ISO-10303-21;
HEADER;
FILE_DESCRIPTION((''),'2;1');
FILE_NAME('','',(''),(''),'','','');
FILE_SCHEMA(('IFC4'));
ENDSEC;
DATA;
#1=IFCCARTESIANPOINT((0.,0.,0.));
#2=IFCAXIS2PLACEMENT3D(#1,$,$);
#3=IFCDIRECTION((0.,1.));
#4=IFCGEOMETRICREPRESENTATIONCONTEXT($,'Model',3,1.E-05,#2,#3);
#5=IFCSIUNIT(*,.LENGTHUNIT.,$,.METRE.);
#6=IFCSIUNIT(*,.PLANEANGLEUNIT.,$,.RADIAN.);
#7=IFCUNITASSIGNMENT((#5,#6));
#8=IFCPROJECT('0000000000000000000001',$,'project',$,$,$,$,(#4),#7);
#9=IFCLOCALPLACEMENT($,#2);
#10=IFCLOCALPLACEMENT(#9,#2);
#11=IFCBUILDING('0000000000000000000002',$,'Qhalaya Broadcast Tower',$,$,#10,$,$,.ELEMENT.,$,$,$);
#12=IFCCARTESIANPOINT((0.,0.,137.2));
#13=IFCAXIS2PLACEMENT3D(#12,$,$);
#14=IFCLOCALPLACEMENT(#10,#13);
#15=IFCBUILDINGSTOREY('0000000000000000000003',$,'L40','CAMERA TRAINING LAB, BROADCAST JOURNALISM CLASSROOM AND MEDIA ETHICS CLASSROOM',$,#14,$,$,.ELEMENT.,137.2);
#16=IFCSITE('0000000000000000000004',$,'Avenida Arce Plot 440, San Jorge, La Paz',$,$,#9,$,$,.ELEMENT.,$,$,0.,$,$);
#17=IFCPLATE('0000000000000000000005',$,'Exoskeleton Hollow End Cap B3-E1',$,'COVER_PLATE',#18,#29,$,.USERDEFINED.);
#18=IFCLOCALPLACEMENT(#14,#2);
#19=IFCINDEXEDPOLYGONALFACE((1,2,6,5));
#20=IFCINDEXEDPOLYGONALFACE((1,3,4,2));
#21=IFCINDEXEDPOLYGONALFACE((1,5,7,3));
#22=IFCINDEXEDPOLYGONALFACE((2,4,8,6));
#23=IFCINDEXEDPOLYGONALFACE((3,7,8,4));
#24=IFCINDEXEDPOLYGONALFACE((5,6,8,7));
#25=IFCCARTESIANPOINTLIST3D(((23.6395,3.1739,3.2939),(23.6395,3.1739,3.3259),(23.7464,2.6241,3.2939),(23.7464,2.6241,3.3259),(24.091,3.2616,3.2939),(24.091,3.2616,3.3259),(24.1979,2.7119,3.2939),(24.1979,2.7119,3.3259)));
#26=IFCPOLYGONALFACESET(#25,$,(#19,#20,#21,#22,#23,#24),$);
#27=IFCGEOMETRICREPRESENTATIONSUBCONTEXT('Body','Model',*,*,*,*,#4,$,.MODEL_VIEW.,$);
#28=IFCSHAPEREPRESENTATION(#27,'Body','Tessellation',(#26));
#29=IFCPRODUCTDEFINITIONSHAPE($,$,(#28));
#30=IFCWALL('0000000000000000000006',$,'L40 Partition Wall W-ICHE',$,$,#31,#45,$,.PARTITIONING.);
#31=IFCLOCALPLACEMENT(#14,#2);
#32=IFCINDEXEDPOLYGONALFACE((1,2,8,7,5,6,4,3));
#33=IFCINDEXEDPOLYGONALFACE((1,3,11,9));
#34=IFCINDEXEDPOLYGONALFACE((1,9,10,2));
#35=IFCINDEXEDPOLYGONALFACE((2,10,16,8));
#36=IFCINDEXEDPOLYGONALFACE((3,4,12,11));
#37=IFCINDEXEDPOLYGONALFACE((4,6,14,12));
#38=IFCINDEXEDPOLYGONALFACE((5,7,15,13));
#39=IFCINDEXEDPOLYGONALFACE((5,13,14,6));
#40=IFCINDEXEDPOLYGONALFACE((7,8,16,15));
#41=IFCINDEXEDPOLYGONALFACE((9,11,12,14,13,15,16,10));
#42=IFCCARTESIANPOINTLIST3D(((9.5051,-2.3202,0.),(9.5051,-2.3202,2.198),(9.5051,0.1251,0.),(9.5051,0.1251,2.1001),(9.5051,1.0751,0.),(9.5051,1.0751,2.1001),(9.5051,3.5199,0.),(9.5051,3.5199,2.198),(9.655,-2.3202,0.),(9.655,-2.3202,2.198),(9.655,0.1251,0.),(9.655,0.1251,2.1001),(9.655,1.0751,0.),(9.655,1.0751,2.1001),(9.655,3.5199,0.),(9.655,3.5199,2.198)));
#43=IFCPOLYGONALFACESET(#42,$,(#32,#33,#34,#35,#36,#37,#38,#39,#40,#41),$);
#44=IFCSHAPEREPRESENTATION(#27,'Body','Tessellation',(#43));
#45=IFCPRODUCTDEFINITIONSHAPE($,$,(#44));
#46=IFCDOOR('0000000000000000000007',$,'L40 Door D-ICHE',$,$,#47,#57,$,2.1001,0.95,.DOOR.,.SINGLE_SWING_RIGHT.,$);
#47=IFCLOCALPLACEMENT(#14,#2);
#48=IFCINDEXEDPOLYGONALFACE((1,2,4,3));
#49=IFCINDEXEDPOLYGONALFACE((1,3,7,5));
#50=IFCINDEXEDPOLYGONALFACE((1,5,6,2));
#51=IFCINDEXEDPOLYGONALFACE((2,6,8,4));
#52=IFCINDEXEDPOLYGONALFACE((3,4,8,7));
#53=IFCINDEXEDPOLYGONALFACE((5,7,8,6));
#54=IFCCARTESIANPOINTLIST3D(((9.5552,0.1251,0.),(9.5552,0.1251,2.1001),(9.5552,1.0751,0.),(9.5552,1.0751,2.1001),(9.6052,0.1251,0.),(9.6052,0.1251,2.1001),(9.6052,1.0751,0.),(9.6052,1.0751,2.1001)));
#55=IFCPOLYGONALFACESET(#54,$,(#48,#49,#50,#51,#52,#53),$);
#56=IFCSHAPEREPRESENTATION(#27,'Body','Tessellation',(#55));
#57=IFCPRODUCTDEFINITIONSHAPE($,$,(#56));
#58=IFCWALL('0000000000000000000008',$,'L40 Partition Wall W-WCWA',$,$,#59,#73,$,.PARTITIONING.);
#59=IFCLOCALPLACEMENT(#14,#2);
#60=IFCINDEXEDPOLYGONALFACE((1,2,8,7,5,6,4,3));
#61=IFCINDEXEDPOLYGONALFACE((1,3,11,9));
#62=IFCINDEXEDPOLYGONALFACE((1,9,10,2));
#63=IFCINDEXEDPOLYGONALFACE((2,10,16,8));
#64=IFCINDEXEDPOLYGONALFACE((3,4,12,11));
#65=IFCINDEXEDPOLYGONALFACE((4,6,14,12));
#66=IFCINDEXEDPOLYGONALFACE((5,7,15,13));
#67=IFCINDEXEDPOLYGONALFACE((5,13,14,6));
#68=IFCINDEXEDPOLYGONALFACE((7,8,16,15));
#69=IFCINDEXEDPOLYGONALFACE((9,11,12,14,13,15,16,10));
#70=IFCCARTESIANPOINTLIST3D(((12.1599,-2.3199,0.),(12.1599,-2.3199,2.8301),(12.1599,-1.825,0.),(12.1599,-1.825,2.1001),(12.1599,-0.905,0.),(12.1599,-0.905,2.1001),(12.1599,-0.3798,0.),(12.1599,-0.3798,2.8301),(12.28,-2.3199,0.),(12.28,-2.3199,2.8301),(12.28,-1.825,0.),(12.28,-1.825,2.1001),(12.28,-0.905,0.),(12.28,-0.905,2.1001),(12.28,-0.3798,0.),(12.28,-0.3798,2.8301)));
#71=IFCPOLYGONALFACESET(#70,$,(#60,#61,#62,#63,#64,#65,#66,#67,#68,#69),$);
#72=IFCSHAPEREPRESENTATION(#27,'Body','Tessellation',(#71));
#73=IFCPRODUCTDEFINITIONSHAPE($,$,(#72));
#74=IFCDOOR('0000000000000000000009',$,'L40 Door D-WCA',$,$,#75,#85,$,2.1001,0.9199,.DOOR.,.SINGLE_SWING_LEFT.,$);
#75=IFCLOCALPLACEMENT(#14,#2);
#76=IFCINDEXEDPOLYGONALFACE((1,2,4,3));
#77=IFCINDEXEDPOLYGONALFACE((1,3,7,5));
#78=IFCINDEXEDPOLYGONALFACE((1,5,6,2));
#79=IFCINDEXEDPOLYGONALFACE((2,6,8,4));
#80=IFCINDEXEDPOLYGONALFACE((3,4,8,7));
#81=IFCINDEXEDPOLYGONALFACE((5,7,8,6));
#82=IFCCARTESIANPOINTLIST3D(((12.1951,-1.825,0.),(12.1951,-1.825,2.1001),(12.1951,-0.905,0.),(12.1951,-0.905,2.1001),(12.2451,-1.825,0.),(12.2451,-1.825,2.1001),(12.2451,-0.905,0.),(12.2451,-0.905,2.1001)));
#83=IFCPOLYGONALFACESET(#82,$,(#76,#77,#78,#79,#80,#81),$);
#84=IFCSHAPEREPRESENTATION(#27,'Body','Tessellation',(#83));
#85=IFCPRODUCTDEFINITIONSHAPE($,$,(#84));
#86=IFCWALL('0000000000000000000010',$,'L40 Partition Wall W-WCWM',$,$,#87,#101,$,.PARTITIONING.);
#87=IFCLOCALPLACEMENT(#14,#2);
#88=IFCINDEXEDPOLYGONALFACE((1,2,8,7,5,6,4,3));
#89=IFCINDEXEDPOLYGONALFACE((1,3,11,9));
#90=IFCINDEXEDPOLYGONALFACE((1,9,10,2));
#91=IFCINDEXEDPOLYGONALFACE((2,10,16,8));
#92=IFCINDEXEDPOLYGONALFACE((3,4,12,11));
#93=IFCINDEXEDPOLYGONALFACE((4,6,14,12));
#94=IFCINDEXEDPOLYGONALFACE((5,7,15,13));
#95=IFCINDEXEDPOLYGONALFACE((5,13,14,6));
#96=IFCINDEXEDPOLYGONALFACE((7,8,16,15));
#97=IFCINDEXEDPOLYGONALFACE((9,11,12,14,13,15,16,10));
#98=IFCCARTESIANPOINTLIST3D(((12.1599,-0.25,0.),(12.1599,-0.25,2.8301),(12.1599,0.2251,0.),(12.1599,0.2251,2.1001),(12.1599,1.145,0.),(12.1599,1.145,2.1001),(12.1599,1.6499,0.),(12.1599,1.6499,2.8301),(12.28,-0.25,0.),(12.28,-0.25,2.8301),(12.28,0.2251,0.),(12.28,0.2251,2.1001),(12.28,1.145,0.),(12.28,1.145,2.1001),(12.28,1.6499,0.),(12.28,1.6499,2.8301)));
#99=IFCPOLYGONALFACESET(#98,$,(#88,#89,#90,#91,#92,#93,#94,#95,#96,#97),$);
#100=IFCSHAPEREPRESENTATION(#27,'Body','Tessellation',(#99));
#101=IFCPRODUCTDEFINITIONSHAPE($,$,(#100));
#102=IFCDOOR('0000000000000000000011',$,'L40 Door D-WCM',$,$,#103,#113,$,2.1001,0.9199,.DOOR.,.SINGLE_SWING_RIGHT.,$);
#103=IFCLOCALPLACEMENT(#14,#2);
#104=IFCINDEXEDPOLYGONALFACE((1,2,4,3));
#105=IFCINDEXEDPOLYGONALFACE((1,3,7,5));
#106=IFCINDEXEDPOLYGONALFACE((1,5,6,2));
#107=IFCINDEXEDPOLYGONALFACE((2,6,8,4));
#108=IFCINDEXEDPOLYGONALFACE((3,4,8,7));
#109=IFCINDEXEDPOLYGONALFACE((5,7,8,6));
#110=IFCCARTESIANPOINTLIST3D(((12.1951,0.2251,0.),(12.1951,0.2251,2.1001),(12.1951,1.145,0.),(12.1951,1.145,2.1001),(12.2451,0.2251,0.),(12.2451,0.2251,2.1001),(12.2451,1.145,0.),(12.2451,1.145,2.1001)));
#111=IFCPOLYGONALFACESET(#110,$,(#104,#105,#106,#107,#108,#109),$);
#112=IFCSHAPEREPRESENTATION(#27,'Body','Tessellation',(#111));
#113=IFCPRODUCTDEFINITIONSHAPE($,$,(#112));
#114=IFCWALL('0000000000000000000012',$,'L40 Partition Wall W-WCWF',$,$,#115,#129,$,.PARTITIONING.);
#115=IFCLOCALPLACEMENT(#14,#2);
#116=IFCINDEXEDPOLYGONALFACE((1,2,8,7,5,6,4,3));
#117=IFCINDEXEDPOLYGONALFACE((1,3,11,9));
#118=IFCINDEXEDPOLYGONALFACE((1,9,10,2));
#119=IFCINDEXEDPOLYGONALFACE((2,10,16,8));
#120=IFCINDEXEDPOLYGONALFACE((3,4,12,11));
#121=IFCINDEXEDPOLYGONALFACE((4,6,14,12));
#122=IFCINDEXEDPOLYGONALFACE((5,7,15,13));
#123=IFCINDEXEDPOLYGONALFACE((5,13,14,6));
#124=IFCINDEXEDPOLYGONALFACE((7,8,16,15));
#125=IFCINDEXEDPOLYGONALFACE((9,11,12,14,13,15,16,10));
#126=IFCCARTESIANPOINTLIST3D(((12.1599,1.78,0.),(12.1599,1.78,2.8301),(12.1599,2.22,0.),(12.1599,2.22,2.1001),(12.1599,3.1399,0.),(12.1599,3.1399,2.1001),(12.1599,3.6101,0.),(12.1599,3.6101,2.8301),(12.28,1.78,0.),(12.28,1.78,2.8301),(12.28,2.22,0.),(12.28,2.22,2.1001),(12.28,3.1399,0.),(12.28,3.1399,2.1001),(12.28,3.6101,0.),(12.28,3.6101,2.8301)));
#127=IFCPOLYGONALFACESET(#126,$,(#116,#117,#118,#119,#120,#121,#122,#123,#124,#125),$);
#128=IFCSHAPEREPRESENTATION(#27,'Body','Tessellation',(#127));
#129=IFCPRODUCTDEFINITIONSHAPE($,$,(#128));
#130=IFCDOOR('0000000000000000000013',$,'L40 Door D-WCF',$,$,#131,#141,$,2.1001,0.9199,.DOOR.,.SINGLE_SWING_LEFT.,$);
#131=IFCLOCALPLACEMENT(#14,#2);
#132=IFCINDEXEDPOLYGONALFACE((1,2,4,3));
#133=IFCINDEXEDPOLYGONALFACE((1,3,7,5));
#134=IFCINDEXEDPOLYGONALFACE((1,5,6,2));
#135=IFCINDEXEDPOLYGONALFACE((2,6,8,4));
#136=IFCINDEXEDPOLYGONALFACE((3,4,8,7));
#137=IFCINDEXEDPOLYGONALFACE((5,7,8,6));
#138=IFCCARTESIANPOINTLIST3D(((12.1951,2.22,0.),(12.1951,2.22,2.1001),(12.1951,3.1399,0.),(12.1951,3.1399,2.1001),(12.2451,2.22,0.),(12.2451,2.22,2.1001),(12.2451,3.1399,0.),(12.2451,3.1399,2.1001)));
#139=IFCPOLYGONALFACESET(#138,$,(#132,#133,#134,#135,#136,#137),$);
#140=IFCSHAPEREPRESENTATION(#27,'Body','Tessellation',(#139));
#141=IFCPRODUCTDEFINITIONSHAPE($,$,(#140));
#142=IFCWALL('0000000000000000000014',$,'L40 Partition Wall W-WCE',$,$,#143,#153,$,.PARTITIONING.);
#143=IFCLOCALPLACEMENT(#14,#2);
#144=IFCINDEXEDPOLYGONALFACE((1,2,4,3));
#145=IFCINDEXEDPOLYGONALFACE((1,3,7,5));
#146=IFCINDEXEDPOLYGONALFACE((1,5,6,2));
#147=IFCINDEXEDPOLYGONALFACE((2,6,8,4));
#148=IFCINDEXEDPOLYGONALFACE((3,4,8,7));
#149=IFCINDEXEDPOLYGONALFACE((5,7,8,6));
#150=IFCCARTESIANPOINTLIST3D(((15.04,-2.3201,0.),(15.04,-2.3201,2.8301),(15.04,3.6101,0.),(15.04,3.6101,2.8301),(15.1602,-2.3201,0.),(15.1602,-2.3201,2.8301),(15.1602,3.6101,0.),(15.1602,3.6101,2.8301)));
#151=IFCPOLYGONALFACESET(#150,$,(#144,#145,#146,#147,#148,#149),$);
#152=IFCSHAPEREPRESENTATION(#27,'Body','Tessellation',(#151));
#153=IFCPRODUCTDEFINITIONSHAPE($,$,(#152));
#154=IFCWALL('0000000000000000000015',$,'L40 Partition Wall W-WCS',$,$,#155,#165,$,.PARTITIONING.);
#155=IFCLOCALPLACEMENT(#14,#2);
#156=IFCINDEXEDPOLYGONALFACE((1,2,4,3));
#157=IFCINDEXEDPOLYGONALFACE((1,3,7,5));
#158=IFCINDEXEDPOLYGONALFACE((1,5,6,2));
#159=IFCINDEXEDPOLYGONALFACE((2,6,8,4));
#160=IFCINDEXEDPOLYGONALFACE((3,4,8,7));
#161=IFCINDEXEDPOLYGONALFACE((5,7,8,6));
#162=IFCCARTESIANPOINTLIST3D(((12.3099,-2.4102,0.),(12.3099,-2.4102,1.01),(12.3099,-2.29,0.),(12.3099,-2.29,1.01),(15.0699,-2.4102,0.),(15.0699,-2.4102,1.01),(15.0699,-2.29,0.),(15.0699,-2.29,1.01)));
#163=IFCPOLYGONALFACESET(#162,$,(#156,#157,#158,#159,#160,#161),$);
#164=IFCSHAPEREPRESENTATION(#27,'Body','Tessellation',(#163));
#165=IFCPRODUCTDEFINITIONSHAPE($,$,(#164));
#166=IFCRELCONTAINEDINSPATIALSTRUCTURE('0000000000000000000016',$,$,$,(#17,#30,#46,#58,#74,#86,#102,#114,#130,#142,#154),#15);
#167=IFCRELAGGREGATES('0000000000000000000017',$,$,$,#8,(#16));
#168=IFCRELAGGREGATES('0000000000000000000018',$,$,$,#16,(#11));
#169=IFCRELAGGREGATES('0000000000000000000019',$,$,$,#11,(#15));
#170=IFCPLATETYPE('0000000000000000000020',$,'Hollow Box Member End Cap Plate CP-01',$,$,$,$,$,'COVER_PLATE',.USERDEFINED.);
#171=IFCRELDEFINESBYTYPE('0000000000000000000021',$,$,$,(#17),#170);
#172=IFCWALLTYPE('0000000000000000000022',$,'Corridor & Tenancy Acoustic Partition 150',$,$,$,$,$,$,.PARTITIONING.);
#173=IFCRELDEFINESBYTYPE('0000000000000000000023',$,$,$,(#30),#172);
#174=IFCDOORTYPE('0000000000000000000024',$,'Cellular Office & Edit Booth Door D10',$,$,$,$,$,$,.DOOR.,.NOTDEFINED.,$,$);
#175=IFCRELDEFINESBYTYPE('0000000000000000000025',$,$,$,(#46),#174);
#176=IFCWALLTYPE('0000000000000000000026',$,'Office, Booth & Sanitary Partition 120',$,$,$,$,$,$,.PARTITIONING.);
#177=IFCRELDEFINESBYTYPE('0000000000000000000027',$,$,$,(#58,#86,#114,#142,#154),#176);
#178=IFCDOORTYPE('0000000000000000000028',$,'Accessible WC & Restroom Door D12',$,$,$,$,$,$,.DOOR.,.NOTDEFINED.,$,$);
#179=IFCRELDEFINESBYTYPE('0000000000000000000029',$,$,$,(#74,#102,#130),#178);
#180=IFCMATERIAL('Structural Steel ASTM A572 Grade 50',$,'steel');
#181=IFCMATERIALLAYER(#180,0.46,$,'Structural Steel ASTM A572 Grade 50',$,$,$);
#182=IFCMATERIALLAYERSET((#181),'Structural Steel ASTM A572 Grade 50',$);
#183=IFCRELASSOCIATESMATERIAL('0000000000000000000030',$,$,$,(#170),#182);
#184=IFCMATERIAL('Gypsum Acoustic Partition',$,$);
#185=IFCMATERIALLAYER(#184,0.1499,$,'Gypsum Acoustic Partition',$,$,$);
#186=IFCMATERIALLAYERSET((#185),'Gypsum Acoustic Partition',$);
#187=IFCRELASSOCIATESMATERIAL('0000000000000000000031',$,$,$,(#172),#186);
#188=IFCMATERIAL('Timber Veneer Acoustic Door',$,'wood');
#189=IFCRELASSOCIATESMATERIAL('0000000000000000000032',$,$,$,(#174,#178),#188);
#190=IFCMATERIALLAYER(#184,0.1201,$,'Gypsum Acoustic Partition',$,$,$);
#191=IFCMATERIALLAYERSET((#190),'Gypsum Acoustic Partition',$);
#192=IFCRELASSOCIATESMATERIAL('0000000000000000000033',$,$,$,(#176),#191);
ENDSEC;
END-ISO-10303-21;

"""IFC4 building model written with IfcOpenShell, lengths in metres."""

from ifc_helpers import new_model, si_unit, direction, frame, frame_2d, origin, origin_2d, place, context, subcontext, project, spatial, rectangle, extrude, material, layer, layer_set, type_object, element, fill, save


model = new_model("IFC4")

# Units and contexts
model_context = context("Model", 3, precision=1e-05, world=origin(), true_north=direction((0.0, 1.0)))
body_context = subcontext(model_context, "Body", "Model", "MODEL_VIEW")
ifc_project = project(units=[si_unit("LENGTHUNIT", "METRE"), si_unit("PLANEANGLEUNIT", "RADIAN")], contexts=[model_context])

# Site, building, storey
site_placement = place(None, origin())
site = spatial("IfcSite", under=ifc_project, at=site_placement, Name="Avenida Arce Plot 440, San Jorge, La Paz", CompositionType="ELEMENT", RefElevation=0.0)
building_placement = place(site_placement, origin())
building = spatial("IfcBuilding", under=site, at=building_placement, Name="Qhalaya Broadcast Tower", CompositionType="ELEMENT")
storey_placement = place(building_placement, frame((0.0, 0.0, 137.2)))
storey = spatial("IfcBuildingStorey", under=building, at=storey_placement, Name="L40", Description="CAMERA TRAINING LAB, BROADCAST JOURNALISM CLASSROOM AND MEDIA ETHICS CLASSROOM", CompositionType="ELEMENT", Elevation=137.2)

# Shared definitions
ifc_material_1 = material(Name="Structural Steel ASTM A572 Grade 50", Category="steel")

# Plate
ifc_layer_1 = layer(ifc_material_1, 0.46, Name="Structural Steel ASTM A572 Grade 50")
ifc_layer_set_1 = layer_set([ifc_layer_1], Name="Structural Steel ASTM A572 Grade 50")
plate_type_1 = type_object("IfcPlateType", Name="Hollow Box Member End Cap Plate CP-01", ElementType="COVER_PLATE", PredefinedType="USERDEFINED", material=ifc_layer_set_1)
plate_1_placement = place(storey_placement, frame((23.9187, 2.9429, 3.2939), z_axis=(0.0, 0.0, 1.0), x_axis=(-0.190809, 0.981627, 0.0)))
element("IfcPlate", 1, at=plate_1_placement, inside=storey, type_object=plate_type_1, Name="Exoskeleton Hollow End Cap B3-E1", ObjectType="COVER_PLATE", PredefinedType="USERDEFINED", context=body_context, shape_type="SweptSolid", body=[
    extrude(rectangle(XDim=0.5601, YDim=0.46, at=origin_2d()), origin(), (0.0, 0.0, 1.0), 0.032),
])

# Walls, openings, doors
ifc_material_2 = material(Name="Gypsum Acoustic Partition")
ifc_layer_2 = layer(ifc_material_2, 0.1499, Name="Gypsum Acoustic Partition")
ifc_layer_set_2 = layer_set([ifc_layer_2], Name="Gypsum Acoustic Partition")
wall_type_1 = type_object("IfcWallType", Name="Corridor & Tenancy Acoustic Partition 150", PredefinedType="PARTITIONING", material=ifc_layer_set_2)
wall_1_placement = place(storey_placement, frame((9.5801, -2.3201, 0.0), z_axis=(0.0, 0.0, 1.0), x_axis=(0.0, 1.0, 0.0)))
wall_1 = element("IfcWall", 2, at=wall_1_placement, inside=storey, type_object=wall_type_1, Name="L40 Partition Wall W-ICHE", PredefinedType="PARTITIONING", context=body_context, shape_type="SweptSolid", body=[
    extrude(rectangle(XDim=5.8401, YDim=0.1499, at=frame_2d((2.9199, 0.0))), origin(), (0.0, 0.0, 1.0), 2.198),
])
opening_1_placement = place(wall_1_placement, frame((2.4451, 0.0, 0.0)))
opening_1 = element("IfcOpeningElement", 3, at=opening_1_placement, cuts=wall_1, PredefinedType="OPENING", context=body_context, shape_type="SweptSolid", body=[
    extrude(rectangle(XDim=0.95, YDim=2.1001, at=frame_2d((0.4751, 1.05))), frame((0.0, 0.0869, 0.0), z_axis=(0.0, -1.0, 0.0), x_axis=(1.0, 0.0, 0.0)), (0.0, 0.0, 1.0), 0.1738),
])
ifc_material_3 = material(Name="Timber Veneer Acoustic Door", Category="wood")
door_type_1 = type_object("IfcDoorType", Name="Cellular Office & Edit Booth Door D10", OperationType="NOTDEFINED", PredefinedType="DOOR", material=ifc_material_3)
door_1_placement = place(opening_1_placement, origin())
door_1 = element("IfcDoor", 4, at=door_1_placement, inside=storey, type_object=door_type_1, Name="L40 Door D-ICHE", OperationType="SINGLE_SWING_RIGHT", OverallHeight=2.1001, OverallWidth=0.95, PredefinedType="DOOR", context=body_context, shape_type="SweptSolid", body=[
    extrude(rectangle(XDim=0.95, YDim=2.1001, at=frame_2d((0.4751, 1.05))), frame((0.0, 0.0249, 0.0), z_axis=(0.0, -1.0, 0.0), x_axis=(1.0, 0.0, 0.0)), (0.0, 0.0, 1.0), 0.05),
])
fill(opening_1, door_1)
ifc_layer_3 = layer(ifc_material_2, 0.1201, Name="Gypsum Acoustic Partition")
ifc_layer_set_3 = layer_set([ifc_layer_3], Name="Gypsum Acoustic Partition")
wall_type_2 = type_object("IfcWallType", Name="Office, Booth & Sanitary Partition 120", PredefinedType="PARTITIONING", material=ifc_layer_set_3)
wall_2_placement = place(storey_placement, frame((12.22, -2.3201, 0.0), z_axis=(0.0, 0.0, 1.0), x_axis=(0.0, 1.0, 0.0)))
wall_2 = element("IfcWall", 5, at=wall_2_placement, inside=storey, type_object=wall_type_2, Name="L40 Partition Wall W-WCWA", PredefinedType="PARTITIONING", context=body_context, shape_type="SweptSolid", body=[
    extrude(rectangle(XDim=1.9402, YDim=0.1201, at=frame_2d((0.9702, 0.0))), origin(), (0.0, 0.0, 1.0), 2.8301),
])
opening_2_placement = place(wall_2_placement, frame((0.4951, 0.0, 0.0)))
opening_2 = element("IfcOpeningElement", 6, at=opening_2_placement, cuts=wall_2, PredefinedType="OPENING", context=body_context, shape_type="SweptSolid", body=[
    extrude(rectangle(XDim=0.9199, YDim=2.1001, at=frame_2d((0.46, 1.05))), frame((0.0, 0.072, 0.0), z_axis=(0.0, -1.0, 0.0), x_axis=(1.0, 0.0, 0.0)), (0.0, 0.0, 1.0), 0.144),
])
door_type_2 = type_object("IfcDoorType", Name="Accessible WC & Restroom Door D12", OperationType="NOTDEFINED", PredefinedType="DOOR", material=ifc_material_3)
door_2_placement = place(opening_2_placement, origin())
door_2 = element("IfcDoor", 7, at=door_2_placement, inside=storey, type_object=door_type_2, Name="L40 Door D-WCA", OperationType="SINGLE_SWING_LEFT", OverallHeight=2.1001, OverallWidth=0.9199, PredefinedType="DOOR", context=body_context, shape_type="SweptSolid", body=[
    extrude(rectangle(XDim=0.9199, YDim=2.1001, at=frame_2d((0.46, 1.05))), frame((0.0, 0.0249, 0.0), z_axis=(0.0, -1.0, 0.0), x_axis=(1.0, 0.0, 0.0)), (0.0, 0.0, 1.0), 0.05),
])
fill(opening_2, door_2)
wall_3_placement = place(storey_placement, frame((12.22, -0.25, 0.0), z_axis=(0.0, 0.0, 1.0), x_axis=(0.0, 1.0, 0.0)))
wall_3 = element("IfcWall", 8, at=wall_3_placement, inside=storey, type_object=wall_type_2, Name="L40 Partition Wall W-WCWM", PredefinedType="PARTITIONING", context=body_context, shape_type="SweptSolid", body=[
    extrude(rectangle(XDim=1.8999, YDim=0.1201, at=frame_2d((0.95, 0.0))), origin(), (0.0, 0.0, 1.0), 2.8301),
])
opening_3_placement = place(wall_3_placement, frame((0.4751, 0.0, 0.0)))
opening_3 = element("IfcOpeningElement", 9, at=opening_3_placement, cuts=wall_3, PredefinedType="OPENING", context=body_context, shape_type="SweptSolid", body=[
    extrude(rectangle(XDim=0.9199, YDim=2.1001, at=frame_2d((0.46, 1.05))), frame((0.0, 0.072, 0.0), z_axis=(0.0, -1.0, 0.0), x_axis=(1.0, 0.0, 0.0)), (0.0, 0.0, 1.0), 0.144),
])
door_3_placement = place(opening_3_placement, origin())
door_3 = element("IfcDoor", 10, at=door_3_placement, inside=storey, type_object=door_type_2, Name="L40 Door D-WCM", OperationType="SINGLE_SWING_RIGHT", OverallHeight=2.1001, OverallWidth=0.9199, PredefinedType="DOOR", context=body_context, shape_type="SweptSolid", body=[
    extrude(rectangle(XDim=0.9199, YDim=2.1001, at=frame_2d((0.46, 1.05))), frame((0.0, 0.0249, 0.0), z_axis=(0.0, -1.0, 0.0), x_axis=(1.0, 0.0, 0.0)), (0.0, 0.0, 1.0), 0.05),
])
fill(opening_3, door_3)
wall_4_placement = place(storey_placement, frame((12.22, 1.78, 0.0), z_axis=(0.0, 0.0, 1.0), x_axis=(0.0, 1.0, 0.0)))
wall_4 = element("IfcWall", 11, at=wall_4_placement, inside=storey, type_object=wall_type_2, Name="L40 Partition Wall W-WCWF", PredefinedType="PARTITIONING", context=body_context, shape_type="SweptSolid", body=[
    extrude(rectangle(XDim=1.8301, YDim=0.1201, at=frame_2d((0.915, 0.0))), origin(), (0.0, 0.0, 1.0), 2.8301),
])
opening_4_placement = place(wall_4_placement, frame((0.4399, 0.0, 0.0)))
opening_4 = element("IfcOpeningElement", 12, at=opening_4_placement, cuts=wall_4, PredefinedType="OPENING", context=body_context, shape_type="SweptSolid", body=[
    extrude(rectangle(XDim=0.9199, YDim=2.1001, at=frame_2d((0.46, 1.05))), frame((0.0, 0.072, 0.0), z_axis=(0.0, -1.0, 0.0), x_axis=(1.0, 0.0, 0.0)), (0.0, 0.0, 1.0), 0.144),
])
door_4_placement = place(opening_4_placement, origin())
door_4 = element("IfcDoor", 13, at=door_4_placement, inside=storey, type_object=door_type_2, Name="L40 Door D-WCF", OperationType="SINGLE_SWING_LEFT", OverallHeight=2.1001, OverallWidth=0.9199, PredefinedType="DOOR", context=body_context, shape_type="SweptSolid", body=[
    extrude(rectangle(XDim=0.9199, YDim=2.1001, at=frame_2d((0.46, 1.05))), frame((0.0, 0.0249, 0.0), z_axis=(0.0, -1.0, 0.0), x_axis=(1.0, 0.0, 0.0)), (0.0, 0.0, 1.0), 0.05),
])
fill(opening_4, door_4)

# Walls
wall_5_placement = place(storey_placement, frame((15.1001, -2.3201, 0.0), z_axis=(0.0, 0.0, 1.0), x_axis=(0.0, 1.0, 0.0)))
element("IfcWall", 14, at=wall_5_placement, inside=storey, type_object=wall_type_2, Name="L40 Partition Wall W-WCE", PredefinedType="PARTITIONING", context=body_context, shape_type="SweptSolid", body=[
    extrude(rectangle(XDim=5.9302, YDim=0.1201, at=frame_2d((2.9651, 0.0))), origin(), (0.0, 0.0, 1.0), 2.8301),
])
wall_6_placement = place(storey_placement, frame((12.3101, -2.3501, 0.0), z_axis=(0.0, 0.0, 1.0), x_axis=(1.0, 0.0, 0.0)))
element("IfcWall", 15, at=wall_6_placement, inside=storey, type_object=wall_type_2, Name="L40 Partition Wall W-WCS", PredefinedType="PARTITIONING", context=body_context, shape_type="SweptSolid", body=[
    extrude(rectangle(XDim=2.76, YDim=0.1201, at=frame_2d((1.3799, 0.0))), origin(), (0.0, 0.0, 1.0), 1.01),
])

save(model, "model.ifc")
